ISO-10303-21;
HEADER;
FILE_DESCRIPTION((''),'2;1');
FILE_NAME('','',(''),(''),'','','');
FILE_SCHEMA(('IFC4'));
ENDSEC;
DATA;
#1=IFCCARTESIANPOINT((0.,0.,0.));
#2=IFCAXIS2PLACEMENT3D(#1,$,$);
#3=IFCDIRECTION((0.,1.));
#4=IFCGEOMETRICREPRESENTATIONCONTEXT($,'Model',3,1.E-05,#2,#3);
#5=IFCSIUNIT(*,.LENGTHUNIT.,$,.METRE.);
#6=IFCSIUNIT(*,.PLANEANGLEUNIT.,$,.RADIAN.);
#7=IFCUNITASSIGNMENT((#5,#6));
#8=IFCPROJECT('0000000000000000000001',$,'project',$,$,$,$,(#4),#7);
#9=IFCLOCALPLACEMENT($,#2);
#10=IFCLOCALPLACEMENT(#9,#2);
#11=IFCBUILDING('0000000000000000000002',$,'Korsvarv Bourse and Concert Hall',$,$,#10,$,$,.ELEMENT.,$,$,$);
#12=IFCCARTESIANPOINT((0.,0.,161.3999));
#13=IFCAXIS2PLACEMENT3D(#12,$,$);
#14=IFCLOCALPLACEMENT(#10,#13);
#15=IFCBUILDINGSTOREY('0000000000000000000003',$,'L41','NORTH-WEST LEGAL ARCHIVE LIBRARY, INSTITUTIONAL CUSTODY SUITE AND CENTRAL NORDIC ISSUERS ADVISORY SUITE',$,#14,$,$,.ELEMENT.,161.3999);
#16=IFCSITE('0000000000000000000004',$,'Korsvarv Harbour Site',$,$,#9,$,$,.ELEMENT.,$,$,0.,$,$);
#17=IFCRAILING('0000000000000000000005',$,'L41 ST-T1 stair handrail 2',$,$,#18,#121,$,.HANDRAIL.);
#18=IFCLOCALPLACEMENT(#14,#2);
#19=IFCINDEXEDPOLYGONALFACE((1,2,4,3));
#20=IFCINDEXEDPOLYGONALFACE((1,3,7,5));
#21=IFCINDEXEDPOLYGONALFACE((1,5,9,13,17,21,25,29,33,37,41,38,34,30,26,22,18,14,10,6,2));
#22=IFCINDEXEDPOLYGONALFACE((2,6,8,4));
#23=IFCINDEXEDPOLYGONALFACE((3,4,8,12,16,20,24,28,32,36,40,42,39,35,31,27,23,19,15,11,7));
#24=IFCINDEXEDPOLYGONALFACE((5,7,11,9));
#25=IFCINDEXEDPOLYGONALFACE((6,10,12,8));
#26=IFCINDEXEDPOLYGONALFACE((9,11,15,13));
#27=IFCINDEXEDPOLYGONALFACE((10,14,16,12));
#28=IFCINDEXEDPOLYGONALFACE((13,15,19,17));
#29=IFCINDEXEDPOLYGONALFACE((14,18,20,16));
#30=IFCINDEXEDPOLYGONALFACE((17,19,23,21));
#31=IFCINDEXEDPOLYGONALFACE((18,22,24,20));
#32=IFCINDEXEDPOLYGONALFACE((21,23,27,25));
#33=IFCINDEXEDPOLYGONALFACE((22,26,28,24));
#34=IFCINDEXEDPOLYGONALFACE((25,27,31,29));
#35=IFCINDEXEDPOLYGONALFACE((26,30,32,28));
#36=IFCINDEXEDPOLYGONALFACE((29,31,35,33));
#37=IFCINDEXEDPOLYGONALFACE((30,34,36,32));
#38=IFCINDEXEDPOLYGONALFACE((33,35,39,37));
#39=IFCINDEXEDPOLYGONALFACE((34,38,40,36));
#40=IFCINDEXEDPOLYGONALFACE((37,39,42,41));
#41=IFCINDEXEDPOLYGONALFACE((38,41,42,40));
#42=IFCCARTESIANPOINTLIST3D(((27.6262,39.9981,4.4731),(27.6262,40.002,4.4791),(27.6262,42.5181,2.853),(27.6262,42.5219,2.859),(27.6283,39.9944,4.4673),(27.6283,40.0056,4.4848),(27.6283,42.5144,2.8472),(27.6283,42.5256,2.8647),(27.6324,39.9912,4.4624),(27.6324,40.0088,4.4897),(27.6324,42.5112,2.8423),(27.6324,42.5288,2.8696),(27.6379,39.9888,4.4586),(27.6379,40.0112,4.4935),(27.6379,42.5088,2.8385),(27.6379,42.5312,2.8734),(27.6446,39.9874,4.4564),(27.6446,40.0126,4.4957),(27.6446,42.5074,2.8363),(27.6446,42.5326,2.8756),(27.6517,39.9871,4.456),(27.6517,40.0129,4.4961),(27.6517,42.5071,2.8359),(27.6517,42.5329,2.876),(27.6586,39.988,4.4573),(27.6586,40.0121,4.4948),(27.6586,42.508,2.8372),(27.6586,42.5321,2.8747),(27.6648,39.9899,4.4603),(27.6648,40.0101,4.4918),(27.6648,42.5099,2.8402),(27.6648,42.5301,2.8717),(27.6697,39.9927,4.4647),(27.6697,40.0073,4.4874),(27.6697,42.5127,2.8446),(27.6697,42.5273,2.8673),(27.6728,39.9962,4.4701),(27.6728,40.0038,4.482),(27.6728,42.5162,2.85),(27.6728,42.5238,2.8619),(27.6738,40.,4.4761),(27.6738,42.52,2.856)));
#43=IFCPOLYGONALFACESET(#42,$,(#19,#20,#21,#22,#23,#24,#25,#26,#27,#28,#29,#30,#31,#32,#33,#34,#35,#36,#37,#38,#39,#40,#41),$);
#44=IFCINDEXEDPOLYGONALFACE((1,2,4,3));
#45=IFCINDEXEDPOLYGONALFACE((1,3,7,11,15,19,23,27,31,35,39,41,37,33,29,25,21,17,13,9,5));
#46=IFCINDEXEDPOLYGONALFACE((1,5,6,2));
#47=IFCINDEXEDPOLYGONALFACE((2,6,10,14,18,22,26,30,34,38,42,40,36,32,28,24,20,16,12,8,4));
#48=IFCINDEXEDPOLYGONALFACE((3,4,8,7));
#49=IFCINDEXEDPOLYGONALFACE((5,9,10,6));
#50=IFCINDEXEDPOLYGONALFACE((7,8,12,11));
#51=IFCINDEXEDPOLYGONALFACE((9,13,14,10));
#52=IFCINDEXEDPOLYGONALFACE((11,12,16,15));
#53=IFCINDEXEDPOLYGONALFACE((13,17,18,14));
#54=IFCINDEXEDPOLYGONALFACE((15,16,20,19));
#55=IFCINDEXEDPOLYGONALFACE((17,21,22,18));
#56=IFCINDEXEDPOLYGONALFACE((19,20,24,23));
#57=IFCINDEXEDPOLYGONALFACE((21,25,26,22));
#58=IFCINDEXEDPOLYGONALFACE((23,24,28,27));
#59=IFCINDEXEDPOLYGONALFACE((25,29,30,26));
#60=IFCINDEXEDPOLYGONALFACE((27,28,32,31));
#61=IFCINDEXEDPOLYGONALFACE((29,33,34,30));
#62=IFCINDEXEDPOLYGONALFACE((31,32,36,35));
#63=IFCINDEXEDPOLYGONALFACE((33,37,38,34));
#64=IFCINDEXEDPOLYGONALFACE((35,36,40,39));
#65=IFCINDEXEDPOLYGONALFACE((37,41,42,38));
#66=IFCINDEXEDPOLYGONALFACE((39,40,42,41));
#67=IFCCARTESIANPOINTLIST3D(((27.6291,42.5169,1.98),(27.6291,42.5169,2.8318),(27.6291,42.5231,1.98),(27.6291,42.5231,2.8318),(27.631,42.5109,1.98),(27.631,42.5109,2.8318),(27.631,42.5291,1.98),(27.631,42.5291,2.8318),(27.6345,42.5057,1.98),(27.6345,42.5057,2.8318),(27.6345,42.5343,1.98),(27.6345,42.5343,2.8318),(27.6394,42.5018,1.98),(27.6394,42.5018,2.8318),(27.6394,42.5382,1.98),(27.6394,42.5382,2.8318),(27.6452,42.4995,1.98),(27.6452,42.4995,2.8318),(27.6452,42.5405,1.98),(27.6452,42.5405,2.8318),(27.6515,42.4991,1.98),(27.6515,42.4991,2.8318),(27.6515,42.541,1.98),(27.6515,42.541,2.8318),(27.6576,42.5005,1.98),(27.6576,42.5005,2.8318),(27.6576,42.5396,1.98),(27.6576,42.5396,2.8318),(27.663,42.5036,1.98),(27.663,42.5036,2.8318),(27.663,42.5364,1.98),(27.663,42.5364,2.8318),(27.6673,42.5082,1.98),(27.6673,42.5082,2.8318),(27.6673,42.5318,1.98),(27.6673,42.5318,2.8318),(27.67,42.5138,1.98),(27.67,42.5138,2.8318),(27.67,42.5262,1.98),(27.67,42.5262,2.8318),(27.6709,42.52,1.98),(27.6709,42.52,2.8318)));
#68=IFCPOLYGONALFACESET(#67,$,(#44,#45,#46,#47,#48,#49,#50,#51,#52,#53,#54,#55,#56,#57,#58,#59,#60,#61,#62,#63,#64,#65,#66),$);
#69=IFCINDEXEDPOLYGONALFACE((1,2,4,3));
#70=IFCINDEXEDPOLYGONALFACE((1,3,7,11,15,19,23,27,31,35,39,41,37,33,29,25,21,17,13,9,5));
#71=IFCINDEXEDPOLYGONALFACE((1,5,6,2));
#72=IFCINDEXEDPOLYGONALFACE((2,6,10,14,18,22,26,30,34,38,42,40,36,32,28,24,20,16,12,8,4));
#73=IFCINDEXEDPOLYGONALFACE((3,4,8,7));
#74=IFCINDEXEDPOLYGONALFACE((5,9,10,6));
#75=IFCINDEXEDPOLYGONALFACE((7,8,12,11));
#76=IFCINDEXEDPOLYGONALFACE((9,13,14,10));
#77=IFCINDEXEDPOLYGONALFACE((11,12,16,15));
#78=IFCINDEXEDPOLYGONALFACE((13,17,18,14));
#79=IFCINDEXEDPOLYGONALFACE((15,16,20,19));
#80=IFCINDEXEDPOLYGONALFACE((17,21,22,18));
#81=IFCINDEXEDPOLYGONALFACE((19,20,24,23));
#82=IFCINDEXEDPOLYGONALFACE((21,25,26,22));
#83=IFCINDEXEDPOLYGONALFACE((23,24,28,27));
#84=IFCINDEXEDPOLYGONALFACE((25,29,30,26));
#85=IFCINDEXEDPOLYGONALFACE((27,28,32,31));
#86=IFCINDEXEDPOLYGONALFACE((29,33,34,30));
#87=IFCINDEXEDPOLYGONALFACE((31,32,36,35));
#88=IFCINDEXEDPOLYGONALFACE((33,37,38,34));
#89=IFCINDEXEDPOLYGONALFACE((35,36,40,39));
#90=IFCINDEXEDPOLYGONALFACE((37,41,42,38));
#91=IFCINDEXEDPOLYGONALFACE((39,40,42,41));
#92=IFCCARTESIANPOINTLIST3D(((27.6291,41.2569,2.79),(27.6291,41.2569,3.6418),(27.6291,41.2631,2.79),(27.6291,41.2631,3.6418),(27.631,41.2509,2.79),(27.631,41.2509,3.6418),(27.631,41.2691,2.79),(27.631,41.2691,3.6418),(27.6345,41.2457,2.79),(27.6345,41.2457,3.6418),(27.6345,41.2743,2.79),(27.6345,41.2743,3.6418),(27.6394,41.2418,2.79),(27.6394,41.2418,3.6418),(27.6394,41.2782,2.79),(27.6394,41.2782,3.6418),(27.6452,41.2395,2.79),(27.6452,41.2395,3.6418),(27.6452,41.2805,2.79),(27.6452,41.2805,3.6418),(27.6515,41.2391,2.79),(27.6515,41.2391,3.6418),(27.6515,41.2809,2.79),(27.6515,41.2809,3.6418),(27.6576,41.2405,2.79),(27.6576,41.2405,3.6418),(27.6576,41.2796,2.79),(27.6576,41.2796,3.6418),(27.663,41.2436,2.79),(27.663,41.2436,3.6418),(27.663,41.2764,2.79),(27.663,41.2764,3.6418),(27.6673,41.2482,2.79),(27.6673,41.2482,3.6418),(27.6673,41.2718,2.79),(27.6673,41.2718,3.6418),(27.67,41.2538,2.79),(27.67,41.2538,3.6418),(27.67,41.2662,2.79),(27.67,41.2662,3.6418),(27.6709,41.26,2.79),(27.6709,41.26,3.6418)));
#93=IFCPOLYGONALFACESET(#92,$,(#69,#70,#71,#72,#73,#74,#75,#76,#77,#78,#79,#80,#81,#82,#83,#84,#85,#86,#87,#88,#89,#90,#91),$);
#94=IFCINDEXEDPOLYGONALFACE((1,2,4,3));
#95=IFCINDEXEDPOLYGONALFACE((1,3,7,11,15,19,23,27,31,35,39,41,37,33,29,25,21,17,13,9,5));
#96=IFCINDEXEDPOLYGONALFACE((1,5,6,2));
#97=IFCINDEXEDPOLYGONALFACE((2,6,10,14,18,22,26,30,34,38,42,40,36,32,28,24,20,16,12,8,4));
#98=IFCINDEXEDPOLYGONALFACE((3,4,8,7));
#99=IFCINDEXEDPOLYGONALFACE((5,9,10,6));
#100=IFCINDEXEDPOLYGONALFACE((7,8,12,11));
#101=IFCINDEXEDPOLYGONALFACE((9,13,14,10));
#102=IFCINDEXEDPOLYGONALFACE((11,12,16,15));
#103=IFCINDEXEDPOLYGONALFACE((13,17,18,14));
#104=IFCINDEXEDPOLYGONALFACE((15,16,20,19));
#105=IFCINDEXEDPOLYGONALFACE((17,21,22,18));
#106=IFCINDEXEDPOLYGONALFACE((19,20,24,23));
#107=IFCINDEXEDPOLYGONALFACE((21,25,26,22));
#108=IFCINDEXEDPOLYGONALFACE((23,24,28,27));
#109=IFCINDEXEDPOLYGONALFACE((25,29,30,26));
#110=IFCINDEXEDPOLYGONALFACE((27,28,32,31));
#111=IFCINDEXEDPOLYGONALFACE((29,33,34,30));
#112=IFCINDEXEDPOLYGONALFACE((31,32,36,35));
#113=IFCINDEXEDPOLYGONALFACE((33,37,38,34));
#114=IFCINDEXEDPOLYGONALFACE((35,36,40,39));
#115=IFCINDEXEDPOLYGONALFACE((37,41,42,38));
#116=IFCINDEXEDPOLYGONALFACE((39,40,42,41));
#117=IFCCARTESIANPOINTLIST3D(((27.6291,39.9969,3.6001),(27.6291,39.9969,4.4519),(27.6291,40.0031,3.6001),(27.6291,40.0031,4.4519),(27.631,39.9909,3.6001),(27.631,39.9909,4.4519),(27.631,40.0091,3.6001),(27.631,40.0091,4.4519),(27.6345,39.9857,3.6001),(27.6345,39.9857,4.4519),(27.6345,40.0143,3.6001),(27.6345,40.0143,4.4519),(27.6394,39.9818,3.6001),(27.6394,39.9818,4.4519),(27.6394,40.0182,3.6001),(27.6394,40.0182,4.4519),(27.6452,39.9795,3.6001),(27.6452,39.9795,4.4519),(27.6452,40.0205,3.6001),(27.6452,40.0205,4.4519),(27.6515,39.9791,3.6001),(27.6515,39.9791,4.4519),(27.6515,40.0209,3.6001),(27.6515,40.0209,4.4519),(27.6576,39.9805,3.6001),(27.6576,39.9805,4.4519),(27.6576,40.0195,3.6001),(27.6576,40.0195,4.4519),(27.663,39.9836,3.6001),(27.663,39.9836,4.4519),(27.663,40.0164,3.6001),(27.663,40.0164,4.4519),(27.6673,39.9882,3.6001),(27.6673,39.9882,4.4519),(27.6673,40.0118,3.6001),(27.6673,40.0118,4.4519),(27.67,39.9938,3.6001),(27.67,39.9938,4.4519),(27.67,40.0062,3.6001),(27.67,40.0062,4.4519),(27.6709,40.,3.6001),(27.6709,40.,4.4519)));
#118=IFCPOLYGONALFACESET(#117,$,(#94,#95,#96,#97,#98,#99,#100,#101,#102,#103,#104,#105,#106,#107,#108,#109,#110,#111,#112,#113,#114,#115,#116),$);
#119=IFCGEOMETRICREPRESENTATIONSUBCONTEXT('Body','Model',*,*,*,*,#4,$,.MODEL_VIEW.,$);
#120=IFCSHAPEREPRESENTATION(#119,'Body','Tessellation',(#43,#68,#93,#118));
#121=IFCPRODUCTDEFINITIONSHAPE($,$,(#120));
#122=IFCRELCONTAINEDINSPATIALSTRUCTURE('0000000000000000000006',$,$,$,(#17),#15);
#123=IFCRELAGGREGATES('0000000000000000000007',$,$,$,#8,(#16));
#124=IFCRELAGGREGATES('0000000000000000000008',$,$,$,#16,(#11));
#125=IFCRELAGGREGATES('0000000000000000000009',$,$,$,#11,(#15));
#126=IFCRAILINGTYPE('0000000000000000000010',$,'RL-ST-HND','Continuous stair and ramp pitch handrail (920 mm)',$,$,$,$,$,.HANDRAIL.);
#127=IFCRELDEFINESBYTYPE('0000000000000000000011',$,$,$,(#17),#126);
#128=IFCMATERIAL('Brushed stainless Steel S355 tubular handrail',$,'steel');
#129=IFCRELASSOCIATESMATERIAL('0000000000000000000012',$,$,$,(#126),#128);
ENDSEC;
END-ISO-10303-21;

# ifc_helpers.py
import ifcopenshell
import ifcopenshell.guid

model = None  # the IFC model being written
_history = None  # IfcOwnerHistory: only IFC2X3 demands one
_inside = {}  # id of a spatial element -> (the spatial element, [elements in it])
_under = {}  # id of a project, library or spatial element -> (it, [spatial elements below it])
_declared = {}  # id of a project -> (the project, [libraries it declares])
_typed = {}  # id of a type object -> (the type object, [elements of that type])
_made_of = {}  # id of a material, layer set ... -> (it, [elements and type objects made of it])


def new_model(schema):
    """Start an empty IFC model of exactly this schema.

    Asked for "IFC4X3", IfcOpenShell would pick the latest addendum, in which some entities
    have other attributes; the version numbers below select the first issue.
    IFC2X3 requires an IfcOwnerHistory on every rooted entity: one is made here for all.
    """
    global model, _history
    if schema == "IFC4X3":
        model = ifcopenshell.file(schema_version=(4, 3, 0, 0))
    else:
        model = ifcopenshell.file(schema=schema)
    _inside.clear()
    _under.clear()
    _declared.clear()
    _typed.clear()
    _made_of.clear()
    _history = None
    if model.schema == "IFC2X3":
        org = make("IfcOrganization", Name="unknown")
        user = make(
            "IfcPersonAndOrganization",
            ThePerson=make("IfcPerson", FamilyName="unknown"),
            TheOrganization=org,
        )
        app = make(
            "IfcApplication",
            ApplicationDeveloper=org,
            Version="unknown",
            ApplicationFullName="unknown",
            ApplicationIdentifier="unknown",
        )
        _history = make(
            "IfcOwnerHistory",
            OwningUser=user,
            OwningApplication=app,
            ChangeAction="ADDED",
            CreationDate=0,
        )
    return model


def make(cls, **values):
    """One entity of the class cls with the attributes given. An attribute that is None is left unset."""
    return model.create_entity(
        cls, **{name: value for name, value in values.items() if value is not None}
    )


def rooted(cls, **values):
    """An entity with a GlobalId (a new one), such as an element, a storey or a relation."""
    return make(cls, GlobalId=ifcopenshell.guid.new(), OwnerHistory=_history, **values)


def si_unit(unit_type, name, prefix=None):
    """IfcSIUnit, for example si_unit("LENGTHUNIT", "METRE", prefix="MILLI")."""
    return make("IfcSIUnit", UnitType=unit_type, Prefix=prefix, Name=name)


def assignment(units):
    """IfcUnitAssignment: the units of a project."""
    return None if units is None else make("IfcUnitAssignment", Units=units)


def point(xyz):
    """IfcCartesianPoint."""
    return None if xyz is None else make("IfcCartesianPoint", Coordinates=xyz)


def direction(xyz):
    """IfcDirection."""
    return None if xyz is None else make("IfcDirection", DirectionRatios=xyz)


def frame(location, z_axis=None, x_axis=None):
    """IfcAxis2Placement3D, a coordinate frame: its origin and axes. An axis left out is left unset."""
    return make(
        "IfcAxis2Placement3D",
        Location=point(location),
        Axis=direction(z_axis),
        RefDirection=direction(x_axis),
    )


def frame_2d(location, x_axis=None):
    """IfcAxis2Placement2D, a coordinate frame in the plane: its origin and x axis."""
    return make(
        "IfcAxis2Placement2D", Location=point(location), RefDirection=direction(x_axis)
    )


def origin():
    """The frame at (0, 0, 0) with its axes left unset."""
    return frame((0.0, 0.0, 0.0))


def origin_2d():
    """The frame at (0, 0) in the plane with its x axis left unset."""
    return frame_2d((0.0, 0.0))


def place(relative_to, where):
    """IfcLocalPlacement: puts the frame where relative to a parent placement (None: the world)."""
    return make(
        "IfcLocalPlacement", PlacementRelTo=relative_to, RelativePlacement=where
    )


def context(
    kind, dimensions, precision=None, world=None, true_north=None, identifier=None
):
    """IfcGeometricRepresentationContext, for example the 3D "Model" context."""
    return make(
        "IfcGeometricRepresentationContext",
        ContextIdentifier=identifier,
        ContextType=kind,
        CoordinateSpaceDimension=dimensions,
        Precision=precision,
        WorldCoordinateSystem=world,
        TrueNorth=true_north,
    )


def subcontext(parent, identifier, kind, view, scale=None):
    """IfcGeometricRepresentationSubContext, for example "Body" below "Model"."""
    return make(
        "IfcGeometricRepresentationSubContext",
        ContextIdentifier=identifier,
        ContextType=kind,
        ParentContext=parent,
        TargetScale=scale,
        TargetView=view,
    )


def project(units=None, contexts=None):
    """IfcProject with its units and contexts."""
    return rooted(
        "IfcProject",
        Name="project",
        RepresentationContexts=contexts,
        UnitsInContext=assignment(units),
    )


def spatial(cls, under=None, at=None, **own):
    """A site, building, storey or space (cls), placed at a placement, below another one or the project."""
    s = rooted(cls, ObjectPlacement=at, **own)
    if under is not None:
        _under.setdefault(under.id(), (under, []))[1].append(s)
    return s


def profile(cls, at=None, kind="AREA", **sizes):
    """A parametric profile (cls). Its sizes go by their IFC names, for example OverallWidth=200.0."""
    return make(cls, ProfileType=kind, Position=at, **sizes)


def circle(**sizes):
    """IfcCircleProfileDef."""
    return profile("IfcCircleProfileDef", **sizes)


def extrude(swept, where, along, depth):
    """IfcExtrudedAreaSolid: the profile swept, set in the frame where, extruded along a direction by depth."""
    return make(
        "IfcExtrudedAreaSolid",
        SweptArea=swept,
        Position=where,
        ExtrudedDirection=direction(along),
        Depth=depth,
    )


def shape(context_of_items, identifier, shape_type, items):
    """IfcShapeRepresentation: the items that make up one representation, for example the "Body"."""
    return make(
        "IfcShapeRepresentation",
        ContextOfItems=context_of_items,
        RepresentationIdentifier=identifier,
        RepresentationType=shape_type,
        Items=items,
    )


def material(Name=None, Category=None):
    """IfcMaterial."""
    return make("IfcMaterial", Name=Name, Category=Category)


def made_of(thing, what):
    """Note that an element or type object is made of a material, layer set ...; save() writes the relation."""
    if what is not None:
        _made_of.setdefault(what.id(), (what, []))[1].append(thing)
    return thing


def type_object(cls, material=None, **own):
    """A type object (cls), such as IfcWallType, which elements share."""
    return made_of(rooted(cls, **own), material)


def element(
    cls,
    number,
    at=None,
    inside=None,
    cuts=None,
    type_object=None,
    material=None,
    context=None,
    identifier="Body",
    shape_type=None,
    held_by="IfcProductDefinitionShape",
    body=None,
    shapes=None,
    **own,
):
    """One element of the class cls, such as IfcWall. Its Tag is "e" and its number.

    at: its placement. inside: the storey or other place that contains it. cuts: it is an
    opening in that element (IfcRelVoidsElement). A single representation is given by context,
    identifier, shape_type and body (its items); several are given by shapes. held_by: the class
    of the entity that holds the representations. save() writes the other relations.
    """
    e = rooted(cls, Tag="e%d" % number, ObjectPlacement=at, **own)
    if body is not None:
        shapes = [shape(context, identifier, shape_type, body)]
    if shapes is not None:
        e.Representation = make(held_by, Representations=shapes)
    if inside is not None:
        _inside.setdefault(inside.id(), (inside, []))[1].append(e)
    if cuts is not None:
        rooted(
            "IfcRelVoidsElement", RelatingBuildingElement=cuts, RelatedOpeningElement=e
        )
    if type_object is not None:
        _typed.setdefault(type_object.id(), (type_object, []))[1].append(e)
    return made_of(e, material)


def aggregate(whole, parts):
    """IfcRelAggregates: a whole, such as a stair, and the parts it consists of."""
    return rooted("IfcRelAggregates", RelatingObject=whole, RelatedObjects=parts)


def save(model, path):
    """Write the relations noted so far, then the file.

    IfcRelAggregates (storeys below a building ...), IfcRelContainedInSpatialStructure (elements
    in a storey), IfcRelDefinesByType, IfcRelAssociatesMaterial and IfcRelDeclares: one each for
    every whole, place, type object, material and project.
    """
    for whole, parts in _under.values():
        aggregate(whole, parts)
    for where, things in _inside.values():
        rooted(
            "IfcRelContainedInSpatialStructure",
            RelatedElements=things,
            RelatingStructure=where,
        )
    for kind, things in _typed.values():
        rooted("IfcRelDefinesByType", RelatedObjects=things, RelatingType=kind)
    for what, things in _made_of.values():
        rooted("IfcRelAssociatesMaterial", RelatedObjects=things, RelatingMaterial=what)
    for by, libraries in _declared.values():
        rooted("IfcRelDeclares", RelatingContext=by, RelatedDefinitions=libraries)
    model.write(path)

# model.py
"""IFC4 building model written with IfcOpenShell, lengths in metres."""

from ifc_helpers import new_model, si_unit, direction, frame, origin, origin_2d, place, context, subcontext, project, spatial, circle, extrude, material, type_object, element, save


model = new_model("IFC4")

# Units and contexts
model_context = context("Model", 3, precision=1e-05, world=origin(), true_north=direction((0.0, 1.0)))
body_context = subcontext(model_context, "Body", "Model", "MODEL_VIEW")
ifc_project = project(units=[si_unit("LENGTHUNIT", "METRE"), si_unit("PLANEANGLEUNIT", "RADIAN")], contexts=[model_context])

# Site, building, storey
site_placement = place(None, origin())
site = spatial("IfcSite", under=ifc_project, at=site_placement, Name="Korsvarv Harbour Site", CompositionType="ELEMENT", RefElevation=0.0)
building_placement = place(site_placement, origin())
building = spatial("IfcBuilding", under=site, at=building_placement, Name="Korsvarv Bourse and Concert Hall", CompositionType="ELEMENT")
storey_placement = place(building_placement, frame((0.0, 0.0, 161.3999)))
storey = spatial("IfcBuildingStorey", under=building, at=storey_placement, Name="L41", Description="NORTH-WEST LEGAL ARCHIVE LIBRARY, INSTITUTIONAL CUSTODY SUITE AND CENTRAL NORDIC ISSUERS ADVISORY SUITE", CompositionType="ELEMENT", Elevation=161.3999)

# Railing
ifc_material_1 = material(Name="Brushed stainless Steel S355 tubular handrail", Category="steel")
railing_type_1 = type_object("IfcRailingType", Name="RL-ST-HND", Description="Continuous stair and ramp pitch handrail (920 mm)", PredefinedType="HANDRAIL", material=ifc_material_1)
railing_1_placement = place(storey_placement, frame((27.6499, 42.52, 1.98)))
element("IfcRailing", 1, at=railing_1_placement, inside=storey, type_object=railing_type_1, Name="L41 ST-T1 stair handrail 2", PredefinedType="HANDRAIL", context=body_context, shape_type="SweptSolid", body=[
    extrude(circle(Radius=0.0239, at=origin_2d()), frame((0.0, 0.0, 0.876), z_axis=(0.0, -0.841163, 0.540782), x_axis=(1.0, 0.0, 0.0)), (0.0, 0.0, 1.0), 2.9958),
    extrude(circle(Radius=0.021, at=origin_2d()), origin(), (0.0, 0.0, 1.0), 0.8518),
    extrude(circle(Radius=0.021, at=origin_2d()), frame((0.0, -1.26, 0.8101)), (0.0, 0.0, 1.0), 0.8518),
    extrude(circle(Radius=0.021, at=origin_2d()), frame((0.0, -2.52, 1.6201)), (0.0, 0.0, 1.0), 0.8518),
])

save(model, "model.ifc")
